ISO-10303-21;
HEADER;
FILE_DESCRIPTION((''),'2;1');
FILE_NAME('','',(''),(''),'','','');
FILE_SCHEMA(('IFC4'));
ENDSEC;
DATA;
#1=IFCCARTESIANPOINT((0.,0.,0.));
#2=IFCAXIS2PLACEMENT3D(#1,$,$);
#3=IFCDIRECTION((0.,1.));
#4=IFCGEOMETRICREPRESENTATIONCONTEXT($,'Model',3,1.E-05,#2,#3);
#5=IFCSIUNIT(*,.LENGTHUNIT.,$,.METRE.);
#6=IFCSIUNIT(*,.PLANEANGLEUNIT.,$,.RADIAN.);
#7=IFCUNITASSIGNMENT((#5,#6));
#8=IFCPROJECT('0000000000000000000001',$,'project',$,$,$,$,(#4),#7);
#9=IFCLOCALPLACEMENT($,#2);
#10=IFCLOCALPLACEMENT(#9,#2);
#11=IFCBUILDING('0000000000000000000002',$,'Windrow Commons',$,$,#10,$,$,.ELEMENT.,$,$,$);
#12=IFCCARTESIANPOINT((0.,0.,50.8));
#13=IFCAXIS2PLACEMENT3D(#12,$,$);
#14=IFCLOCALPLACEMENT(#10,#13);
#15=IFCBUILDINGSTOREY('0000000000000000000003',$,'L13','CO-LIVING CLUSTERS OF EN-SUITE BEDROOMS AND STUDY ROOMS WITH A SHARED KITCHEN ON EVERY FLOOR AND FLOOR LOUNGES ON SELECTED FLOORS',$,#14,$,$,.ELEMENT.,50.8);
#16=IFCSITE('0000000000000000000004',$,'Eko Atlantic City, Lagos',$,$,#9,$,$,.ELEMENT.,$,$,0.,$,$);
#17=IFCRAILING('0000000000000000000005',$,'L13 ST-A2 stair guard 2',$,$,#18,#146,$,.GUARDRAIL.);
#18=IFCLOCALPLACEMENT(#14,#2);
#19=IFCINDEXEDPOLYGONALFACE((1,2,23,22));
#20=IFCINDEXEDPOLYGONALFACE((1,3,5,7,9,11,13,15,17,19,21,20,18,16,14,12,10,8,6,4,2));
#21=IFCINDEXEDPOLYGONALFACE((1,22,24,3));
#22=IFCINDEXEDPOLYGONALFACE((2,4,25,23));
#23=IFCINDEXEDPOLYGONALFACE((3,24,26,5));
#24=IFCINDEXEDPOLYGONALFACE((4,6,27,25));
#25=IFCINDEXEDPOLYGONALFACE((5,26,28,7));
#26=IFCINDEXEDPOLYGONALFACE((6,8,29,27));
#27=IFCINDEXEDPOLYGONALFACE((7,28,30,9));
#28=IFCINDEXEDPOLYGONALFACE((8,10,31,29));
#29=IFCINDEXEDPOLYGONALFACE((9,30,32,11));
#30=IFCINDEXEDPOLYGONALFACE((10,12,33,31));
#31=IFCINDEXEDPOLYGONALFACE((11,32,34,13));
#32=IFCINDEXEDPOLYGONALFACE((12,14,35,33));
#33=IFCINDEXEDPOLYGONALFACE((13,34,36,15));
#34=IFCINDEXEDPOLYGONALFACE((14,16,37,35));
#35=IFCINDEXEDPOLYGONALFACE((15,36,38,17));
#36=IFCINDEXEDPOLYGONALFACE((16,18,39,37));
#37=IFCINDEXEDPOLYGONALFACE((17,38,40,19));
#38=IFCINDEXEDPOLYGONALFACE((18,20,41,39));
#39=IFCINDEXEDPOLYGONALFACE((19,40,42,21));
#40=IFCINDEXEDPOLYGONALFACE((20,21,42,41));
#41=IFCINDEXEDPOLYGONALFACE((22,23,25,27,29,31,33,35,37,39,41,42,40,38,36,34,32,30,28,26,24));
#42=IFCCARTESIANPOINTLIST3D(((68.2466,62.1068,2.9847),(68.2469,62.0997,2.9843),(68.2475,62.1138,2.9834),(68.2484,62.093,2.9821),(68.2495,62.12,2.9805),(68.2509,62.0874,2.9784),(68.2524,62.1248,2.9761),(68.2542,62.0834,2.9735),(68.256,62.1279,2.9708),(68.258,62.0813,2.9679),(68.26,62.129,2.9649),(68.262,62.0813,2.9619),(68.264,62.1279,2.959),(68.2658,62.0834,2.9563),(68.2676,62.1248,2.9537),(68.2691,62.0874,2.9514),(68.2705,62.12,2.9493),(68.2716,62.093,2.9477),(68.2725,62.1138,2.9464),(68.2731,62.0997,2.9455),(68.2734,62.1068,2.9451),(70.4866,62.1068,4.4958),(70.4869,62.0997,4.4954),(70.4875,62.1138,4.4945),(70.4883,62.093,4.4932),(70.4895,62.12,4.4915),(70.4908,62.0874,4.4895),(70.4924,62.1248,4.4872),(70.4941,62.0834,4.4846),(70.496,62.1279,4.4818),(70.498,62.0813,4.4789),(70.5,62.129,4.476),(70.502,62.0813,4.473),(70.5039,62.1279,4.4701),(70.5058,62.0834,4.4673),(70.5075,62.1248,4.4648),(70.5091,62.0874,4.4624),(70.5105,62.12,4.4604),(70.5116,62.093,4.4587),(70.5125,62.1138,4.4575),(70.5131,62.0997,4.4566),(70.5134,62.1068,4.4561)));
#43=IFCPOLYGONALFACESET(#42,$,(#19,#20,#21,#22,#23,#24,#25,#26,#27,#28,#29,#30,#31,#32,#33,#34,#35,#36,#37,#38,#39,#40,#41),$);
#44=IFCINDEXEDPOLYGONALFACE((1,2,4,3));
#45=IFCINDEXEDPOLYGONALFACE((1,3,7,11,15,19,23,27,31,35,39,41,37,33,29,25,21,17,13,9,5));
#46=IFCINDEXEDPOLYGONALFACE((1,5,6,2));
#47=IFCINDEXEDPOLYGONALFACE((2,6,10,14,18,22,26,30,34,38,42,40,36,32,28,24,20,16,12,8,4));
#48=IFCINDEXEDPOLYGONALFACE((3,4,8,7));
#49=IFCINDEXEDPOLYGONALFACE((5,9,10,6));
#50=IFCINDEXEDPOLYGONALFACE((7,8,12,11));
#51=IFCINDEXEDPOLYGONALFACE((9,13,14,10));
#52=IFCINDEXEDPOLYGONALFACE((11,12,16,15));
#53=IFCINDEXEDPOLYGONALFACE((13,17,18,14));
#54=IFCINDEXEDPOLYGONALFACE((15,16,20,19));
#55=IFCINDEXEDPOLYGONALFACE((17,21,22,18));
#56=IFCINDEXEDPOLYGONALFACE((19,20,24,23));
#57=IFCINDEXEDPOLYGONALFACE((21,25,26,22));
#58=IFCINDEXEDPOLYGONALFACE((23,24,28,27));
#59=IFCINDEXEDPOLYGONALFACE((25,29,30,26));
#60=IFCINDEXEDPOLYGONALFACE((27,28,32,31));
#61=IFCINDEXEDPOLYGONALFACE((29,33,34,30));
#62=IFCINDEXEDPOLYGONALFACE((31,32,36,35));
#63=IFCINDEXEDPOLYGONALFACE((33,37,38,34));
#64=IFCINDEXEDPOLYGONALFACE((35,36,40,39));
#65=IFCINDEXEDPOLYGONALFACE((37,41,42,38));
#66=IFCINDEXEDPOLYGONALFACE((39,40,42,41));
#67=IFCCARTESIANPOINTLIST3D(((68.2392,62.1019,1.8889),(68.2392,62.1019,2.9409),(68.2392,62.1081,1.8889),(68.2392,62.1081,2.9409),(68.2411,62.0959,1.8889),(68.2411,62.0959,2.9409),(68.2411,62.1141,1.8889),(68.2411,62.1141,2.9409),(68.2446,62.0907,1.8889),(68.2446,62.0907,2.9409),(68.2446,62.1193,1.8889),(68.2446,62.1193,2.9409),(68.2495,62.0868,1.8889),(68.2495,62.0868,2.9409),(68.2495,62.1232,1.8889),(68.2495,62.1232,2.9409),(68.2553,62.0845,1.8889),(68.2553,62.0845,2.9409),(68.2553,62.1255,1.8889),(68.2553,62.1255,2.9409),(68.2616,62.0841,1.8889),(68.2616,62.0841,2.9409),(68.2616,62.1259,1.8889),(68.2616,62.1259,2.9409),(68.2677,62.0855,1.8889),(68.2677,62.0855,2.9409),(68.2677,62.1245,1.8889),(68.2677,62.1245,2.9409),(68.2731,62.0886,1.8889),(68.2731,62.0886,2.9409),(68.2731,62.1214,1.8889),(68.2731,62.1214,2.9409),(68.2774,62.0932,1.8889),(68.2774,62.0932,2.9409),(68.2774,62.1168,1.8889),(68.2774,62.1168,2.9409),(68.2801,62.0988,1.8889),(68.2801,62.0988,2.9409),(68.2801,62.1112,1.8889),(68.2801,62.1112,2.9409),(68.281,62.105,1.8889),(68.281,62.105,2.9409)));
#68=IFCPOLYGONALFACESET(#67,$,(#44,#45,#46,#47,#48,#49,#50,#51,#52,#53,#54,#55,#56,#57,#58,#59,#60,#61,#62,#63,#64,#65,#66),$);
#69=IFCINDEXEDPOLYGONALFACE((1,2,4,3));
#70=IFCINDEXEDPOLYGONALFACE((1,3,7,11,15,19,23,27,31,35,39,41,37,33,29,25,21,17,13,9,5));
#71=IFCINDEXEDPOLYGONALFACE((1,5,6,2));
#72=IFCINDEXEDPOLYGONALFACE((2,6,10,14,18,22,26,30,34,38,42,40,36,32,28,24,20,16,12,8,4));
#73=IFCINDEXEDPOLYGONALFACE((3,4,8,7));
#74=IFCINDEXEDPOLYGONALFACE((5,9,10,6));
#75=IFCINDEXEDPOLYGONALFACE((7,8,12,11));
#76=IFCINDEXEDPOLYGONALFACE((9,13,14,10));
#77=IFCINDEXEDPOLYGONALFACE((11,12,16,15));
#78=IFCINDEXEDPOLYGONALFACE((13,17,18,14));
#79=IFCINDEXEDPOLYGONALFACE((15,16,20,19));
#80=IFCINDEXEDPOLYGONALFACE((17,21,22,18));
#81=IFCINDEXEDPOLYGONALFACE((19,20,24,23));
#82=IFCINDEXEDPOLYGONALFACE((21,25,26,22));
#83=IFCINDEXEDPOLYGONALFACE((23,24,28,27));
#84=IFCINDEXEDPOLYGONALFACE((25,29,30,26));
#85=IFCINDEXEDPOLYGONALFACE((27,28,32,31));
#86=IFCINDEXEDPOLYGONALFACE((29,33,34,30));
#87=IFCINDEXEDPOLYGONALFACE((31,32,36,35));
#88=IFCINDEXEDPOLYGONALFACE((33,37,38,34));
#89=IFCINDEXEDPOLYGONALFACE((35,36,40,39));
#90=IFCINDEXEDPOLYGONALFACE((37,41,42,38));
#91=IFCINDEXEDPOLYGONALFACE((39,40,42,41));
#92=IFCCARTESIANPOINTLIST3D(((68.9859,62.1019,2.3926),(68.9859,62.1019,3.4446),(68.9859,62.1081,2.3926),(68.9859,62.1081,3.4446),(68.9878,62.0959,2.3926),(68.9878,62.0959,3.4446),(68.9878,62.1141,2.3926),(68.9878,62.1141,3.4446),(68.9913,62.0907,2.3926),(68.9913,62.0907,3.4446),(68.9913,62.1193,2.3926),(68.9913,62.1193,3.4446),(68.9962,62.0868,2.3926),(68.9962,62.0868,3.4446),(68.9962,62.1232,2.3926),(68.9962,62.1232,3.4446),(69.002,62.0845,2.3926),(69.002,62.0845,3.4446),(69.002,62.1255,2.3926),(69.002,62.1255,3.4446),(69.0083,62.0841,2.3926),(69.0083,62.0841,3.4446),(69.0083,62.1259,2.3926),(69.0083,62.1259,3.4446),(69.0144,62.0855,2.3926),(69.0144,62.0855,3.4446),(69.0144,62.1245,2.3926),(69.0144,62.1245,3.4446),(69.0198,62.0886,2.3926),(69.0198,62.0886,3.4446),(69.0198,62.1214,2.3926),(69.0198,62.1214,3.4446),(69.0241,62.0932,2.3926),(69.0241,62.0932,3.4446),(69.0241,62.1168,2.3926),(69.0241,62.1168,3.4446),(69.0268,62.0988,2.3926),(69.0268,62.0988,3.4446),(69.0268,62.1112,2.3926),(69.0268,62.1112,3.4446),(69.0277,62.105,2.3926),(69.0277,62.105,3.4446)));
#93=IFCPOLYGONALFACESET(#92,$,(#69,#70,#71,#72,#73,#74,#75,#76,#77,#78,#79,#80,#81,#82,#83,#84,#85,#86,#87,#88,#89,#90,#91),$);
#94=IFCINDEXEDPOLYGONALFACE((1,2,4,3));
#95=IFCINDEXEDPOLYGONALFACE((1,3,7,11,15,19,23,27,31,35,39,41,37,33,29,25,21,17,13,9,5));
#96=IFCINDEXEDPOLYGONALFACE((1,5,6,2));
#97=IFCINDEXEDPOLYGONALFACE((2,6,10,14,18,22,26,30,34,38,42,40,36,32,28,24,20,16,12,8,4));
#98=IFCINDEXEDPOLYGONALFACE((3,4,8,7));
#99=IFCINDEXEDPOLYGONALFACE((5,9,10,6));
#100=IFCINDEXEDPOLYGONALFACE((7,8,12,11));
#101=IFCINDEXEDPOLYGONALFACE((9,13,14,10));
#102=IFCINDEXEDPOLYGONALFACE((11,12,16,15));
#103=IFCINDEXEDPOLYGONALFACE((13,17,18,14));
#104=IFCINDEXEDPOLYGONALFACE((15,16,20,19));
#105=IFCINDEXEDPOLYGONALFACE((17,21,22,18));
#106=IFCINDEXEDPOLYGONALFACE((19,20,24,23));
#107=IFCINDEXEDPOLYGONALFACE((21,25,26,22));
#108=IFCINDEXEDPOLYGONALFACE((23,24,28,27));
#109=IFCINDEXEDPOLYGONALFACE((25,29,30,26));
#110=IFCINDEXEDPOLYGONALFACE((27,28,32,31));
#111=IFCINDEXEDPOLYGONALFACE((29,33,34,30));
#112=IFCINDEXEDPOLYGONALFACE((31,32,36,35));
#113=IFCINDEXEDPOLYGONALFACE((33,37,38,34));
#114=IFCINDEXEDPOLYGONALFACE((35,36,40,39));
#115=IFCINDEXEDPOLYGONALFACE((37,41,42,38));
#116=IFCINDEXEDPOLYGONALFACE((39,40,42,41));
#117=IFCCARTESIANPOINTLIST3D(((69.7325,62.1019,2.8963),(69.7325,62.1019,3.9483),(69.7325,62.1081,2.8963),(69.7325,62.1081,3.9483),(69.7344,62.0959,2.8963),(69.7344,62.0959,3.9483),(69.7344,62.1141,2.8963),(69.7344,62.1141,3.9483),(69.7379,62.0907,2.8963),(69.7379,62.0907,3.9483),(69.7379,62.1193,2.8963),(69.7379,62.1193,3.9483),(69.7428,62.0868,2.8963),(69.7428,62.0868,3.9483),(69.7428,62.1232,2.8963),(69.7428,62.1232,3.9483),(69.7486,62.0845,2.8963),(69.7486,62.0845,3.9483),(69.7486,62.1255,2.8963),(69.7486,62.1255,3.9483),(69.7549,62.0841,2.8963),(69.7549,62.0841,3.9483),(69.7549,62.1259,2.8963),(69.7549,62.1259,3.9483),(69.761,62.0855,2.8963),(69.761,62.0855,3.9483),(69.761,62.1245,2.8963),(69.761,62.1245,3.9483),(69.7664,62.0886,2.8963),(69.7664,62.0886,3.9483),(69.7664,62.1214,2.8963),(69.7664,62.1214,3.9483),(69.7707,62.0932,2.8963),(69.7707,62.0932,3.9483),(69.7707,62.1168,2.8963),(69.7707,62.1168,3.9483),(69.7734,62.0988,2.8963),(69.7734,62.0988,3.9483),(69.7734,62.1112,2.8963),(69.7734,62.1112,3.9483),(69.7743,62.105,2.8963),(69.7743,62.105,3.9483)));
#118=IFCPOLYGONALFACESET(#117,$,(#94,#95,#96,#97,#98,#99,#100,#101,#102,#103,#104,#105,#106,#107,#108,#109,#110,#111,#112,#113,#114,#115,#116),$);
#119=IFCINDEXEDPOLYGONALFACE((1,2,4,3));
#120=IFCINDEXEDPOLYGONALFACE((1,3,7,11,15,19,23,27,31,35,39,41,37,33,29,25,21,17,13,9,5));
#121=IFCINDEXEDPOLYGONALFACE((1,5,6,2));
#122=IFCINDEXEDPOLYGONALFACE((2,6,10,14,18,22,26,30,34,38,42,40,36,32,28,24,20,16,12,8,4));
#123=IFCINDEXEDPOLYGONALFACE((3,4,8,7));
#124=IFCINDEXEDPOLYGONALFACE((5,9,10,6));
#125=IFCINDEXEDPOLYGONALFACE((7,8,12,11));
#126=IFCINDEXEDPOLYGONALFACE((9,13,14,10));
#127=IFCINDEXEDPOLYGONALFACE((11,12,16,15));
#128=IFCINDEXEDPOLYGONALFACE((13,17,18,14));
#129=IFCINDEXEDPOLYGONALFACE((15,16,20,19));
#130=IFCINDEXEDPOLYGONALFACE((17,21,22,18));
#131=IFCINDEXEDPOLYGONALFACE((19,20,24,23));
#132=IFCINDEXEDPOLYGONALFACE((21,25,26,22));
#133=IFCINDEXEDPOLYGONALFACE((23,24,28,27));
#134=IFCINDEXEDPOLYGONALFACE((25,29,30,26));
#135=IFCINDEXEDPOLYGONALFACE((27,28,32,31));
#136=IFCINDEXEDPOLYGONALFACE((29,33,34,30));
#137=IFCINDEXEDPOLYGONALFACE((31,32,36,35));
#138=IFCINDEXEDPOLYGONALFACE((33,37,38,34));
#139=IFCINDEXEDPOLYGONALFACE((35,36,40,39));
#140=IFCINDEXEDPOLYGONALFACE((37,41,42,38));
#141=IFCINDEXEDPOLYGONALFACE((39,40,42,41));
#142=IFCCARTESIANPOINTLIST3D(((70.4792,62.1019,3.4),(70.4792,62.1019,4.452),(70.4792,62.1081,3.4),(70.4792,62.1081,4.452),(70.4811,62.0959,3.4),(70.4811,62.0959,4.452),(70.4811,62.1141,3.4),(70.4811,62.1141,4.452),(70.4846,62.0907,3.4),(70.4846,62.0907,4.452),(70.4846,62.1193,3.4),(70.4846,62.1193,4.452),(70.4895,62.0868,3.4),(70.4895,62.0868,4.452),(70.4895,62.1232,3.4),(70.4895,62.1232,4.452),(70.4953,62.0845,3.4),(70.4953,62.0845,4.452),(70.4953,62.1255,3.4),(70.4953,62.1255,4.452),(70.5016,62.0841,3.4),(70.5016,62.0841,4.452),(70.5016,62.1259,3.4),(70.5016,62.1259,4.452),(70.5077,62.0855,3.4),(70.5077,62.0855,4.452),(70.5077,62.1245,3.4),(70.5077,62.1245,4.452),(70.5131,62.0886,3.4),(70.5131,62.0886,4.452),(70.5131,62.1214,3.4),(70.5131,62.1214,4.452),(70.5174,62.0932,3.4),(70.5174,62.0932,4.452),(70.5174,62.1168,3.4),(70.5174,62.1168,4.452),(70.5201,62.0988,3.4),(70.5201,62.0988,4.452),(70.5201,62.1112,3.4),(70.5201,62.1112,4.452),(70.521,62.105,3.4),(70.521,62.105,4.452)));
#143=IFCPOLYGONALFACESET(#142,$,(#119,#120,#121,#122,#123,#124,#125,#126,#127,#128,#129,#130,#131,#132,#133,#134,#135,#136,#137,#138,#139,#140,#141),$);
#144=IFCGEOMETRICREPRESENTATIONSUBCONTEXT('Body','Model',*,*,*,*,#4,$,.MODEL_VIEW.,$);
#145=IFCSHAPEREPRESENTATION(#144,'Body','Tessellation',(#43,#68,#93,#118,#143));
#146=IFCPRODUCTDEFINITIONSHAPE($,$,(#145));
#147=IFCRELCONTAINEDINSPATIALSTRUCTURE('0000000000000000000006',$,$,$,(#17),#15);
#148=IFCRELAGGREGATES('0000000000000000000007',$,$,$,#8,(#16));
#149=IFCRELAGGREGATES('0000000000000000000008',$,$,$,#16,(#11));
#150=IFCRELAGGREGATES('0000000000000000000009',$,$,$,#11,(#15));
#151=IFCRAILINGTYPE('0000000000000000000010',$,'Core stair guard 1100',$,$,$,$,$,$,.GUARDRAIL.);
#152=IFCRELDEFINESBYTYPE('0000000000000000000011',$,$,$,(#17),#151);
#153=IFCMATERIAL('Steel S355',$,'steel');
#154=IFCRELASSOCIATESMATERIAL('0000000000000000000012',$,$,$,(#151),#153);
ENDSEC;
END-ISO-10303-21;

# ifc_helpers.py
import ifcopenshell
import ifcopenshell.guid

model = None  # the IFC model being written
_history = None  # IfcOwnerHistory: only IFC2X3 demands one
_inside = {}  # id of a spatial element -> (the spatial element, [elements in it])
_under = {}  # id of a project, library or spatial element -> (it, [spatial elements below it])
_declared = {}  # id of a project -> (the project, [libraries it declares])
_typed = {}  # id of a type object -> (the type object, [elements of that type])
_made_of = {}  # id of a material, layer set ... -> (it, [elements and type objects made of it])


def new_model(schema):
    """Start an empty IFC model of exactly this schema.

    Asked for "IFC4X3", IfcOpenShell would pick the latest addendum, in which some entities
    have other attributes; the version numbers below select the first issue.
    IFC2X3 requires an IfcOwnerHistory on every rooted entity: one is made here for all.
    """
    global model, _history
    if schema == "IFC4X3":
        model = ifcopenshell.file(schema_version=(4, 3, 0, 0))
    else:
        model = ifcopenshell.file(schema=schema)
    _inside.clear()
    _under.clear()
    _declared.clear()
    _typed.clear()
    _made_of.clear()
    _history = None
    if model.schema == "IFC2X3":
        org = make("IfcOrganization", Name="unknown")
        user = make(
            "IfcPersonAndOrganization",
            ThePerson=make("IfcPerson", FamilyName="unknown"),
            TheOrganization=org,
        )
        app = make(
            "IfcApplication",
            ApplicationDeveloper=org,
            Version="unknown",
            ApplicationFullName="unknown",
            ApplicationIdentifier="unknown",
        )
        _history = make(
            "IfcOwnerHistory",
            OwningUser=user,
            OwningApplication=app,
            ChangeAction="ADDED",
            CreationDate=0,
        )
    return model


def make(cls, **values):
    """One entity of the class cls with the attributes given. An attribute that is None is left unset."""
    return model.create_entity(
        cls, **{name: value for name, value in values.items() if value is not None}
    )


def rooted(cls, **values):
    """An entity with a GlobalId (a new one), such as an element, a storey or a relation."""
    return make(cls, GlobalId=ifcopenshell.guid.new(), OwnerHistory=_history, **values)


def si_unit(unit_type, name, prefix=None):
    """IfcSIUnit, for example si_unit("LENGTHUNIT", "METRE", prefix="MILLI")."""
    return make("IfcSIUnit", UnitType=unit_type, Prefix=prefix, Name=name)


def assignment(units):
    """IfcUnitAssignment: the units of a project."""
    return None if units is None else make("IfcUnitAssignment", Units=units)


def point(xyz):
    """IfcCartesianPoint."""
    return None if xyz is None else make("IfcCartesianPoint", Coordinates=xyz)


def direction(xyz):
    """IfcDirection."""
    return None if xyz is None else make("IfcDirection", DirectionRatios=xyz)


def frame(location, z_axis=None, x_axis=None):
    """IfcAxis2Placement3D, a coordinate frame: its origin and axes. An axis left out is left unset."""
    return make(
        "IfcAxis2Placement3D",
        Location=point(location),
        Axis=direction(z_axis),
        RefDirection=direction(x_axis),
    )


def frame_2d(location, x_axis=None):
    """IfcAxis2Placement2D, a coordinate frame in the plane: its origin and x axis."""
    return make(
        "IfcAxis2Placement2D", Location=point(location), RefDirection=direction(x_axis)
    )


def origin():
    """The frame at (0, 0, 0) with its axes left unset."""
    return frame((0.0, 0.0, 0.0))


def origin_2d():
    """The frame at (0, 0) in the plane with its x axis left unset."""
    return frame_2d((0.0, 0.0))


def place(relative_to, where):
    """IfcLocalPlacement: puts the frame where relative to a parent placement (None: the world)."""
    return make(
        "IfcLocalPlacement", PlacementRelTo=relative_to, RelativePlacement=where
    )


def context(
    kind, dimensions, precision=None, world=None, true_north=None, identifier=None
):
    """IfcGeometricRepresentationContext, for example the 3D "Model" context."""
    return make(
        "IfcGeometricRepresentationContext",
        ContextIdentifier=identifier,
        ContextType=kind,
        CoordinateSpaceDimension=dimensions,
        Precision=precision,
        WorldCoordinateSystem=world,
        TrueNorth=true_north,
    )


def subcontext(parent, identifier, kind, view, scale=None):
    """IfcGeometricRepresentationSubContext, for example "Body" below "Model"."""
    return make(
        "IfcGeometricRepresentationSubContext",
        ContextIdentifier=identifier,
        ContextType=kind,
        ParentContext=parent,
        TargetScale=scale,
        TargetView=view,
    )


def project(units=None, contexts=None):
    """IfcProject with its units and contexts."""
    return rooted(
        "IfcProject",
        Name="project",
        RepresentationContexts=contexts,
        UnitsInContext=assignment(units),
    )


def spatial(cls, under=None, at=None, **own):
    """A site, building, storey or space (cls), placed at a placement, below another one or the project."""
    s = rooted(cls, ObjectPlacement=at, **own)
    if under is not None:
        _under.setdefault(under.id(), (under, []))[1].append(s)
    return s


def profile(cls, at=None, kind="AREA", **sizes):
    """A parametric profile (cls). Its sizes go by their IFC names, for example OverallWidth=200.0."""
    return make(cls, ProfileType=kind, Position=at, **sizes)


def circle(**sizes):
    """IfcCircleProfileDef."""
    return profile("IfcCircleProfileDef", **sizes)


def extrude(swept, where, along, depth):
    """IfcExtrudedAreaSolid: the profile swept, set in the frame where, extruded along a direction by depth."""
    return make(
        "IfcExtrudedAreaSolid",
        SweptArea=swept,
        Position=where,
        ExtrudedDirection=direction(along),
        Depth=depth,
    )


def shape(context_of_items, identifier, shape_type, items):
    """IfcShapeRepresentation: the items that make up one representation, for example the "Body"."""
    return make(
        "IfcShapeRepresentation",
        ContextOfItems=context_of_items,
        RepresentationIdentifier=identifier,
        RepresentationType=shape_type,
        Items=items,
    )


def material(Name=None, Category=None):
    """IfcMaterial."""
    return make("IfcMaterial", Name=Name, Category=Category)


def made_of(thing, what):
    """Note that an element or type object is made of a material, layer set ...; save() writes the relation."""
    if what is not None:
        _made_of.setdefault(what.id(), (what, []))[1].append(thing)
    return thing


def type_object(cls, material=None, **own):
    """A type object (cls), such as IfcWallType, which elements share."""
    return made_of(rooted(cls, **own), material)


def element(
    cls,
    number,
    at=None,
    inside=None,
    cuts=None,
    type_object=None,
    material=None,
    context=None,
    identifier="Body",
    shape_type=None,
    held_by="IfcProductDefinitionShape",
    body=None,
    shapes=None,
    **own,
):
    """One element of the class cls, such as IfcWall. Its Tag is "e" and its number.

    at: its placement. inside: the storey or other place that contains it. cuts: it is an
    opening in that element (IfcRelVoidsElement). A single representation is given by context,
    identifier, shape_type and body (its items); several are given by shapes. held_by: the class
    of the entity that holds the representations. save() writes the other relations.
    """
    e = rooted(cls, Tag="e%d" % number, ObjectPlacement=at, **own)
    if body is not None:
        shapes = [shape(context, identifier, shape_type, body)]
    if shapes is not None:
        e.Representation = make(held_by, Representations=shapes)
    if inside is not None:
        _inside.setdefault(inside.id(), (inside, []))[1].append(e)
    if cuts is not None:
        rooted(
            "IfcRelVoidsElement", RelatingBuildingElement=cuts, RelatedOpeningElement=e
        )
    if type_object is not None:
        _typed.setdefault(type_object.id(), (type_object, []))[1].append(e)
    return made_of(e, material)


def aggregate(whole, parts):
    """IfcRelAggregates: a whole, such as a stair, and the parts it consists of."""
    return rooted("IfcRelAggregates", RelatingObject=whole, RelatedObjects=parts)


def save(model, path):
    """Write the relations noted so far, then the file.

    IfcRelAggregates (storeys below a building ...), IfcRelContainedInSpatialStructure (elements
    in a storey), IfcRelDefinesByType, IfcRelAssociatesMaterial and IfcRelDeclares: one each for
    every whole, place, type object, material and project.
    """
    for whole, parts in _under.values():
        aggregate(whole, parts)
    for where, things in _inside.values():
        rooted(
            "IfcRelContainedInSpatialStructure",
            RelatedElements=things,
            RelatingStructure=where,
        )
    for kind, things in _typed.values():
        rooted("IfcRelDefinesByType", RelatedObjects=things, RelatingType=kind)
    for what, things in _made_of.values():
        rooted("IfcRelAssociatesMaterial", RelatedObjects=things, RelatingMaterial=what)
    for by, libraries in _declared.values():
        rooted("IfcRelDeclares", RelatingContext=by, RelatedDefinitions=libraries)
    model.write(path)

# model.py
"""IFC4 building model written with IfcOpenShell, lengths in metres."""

from ifc_helpers import new_model, si_unit, direction, frame, origin, origin_2d, place, context, subcontext, project, spatial, circle, extrude, material, type_object, element, save


model = new_model("IFC4")

# Units and contexts
model_context = context("Model", 3, precision=1e-05, world=origin(), true_north=direction((0.0, 1.0)))
body_context = subcontext(model_context, "Body", "Model", "MODEL_VIEW")
ifc_project = project(units=[si_unit("LENGTHUNIT", "METRE"), si_unit("PLANEANGLEUNIT", "RADIAN")], contexts=[model_context])

# Site, building, storey
site_placement = place(None, origin())
site = spatial("IfcSite", under=ifc_project, at=site_placement, Name="Eko Atlantic City, Lagos", CompositionType="ELEMENT", RefElevation=0.0)
building_placement = place(site_placement, origin())
building = spatial("IfcBuilding", under=site, at=building_placement, Name="Windrow Commons", CompositionType="ELEMENT")
storey_placement = place(building_placement, frame((0.0, 0.0, 50.8)))
storey = spatial("IfcBuildingStorey", under=building, at=storey_placement, Name="L13", Description="CO-LIVING CLUSTERS OF EN-SUITE BEDROOMS AND STUDY ROOMS WITH A SHARED KITCHEN ON EVERY FLOOR AND FLOOR LOUNGES ON SELECTED FLOORS", CompositionType="ELEMENT", Elevation=50.8)

# Railing
ifc_material_1 = material(Name="Steel S355", Category="steel")
railing_type_1 = type_object("IfcRailingType", Name="Core stair guard 1100", PredefinedType="GUARDRAIL", material=ifc_material_1)
railing_1_placement = place(storey_placement, frame((68.26, 62.105, 1.8889)))
element("IfcRailing", 1, at=railing_1_placement, inside=storey, type_object=railing_type_1, Name="L13 ST-A2 stair guard 2", PredefinedType="GUARDRAIL", context=body_context, shape_type="SweptSolid", body=[
    extrude(circle(Radius=0.024, at=origin_2d()), frame((0.0, 0.0, 1.076), z_axis=(0.829003, 0.0, 0.559244), x_axis=(0.0, 1.0, 0.0)), (0.0, 0.0, 1.0), 2.702),
    extrude(circle(Radius=0.021, at=origin_2d()), origin(), (0.0, 0.0, 1.0), 1.052),
    extrude(circle(Radius=0.021, at=origin_2d()), frame((0.7467, 0.0, 0.5037)), (0.0, 0.0, 1.0), 1.052),
    extrude(circle(Radius=0.021, at=origin_2d()), frame((1.4933, 0.0, 1.0074)), (0.0, 0.0, 1.0), 1.052),
    extrude(circle(Radius=0.021, at=origin_2d()), frame((2.24, 0.0, 1.5111)), (0.0, 0.0, 1.0), 1.052),
])

save(model, "model.ifc")
